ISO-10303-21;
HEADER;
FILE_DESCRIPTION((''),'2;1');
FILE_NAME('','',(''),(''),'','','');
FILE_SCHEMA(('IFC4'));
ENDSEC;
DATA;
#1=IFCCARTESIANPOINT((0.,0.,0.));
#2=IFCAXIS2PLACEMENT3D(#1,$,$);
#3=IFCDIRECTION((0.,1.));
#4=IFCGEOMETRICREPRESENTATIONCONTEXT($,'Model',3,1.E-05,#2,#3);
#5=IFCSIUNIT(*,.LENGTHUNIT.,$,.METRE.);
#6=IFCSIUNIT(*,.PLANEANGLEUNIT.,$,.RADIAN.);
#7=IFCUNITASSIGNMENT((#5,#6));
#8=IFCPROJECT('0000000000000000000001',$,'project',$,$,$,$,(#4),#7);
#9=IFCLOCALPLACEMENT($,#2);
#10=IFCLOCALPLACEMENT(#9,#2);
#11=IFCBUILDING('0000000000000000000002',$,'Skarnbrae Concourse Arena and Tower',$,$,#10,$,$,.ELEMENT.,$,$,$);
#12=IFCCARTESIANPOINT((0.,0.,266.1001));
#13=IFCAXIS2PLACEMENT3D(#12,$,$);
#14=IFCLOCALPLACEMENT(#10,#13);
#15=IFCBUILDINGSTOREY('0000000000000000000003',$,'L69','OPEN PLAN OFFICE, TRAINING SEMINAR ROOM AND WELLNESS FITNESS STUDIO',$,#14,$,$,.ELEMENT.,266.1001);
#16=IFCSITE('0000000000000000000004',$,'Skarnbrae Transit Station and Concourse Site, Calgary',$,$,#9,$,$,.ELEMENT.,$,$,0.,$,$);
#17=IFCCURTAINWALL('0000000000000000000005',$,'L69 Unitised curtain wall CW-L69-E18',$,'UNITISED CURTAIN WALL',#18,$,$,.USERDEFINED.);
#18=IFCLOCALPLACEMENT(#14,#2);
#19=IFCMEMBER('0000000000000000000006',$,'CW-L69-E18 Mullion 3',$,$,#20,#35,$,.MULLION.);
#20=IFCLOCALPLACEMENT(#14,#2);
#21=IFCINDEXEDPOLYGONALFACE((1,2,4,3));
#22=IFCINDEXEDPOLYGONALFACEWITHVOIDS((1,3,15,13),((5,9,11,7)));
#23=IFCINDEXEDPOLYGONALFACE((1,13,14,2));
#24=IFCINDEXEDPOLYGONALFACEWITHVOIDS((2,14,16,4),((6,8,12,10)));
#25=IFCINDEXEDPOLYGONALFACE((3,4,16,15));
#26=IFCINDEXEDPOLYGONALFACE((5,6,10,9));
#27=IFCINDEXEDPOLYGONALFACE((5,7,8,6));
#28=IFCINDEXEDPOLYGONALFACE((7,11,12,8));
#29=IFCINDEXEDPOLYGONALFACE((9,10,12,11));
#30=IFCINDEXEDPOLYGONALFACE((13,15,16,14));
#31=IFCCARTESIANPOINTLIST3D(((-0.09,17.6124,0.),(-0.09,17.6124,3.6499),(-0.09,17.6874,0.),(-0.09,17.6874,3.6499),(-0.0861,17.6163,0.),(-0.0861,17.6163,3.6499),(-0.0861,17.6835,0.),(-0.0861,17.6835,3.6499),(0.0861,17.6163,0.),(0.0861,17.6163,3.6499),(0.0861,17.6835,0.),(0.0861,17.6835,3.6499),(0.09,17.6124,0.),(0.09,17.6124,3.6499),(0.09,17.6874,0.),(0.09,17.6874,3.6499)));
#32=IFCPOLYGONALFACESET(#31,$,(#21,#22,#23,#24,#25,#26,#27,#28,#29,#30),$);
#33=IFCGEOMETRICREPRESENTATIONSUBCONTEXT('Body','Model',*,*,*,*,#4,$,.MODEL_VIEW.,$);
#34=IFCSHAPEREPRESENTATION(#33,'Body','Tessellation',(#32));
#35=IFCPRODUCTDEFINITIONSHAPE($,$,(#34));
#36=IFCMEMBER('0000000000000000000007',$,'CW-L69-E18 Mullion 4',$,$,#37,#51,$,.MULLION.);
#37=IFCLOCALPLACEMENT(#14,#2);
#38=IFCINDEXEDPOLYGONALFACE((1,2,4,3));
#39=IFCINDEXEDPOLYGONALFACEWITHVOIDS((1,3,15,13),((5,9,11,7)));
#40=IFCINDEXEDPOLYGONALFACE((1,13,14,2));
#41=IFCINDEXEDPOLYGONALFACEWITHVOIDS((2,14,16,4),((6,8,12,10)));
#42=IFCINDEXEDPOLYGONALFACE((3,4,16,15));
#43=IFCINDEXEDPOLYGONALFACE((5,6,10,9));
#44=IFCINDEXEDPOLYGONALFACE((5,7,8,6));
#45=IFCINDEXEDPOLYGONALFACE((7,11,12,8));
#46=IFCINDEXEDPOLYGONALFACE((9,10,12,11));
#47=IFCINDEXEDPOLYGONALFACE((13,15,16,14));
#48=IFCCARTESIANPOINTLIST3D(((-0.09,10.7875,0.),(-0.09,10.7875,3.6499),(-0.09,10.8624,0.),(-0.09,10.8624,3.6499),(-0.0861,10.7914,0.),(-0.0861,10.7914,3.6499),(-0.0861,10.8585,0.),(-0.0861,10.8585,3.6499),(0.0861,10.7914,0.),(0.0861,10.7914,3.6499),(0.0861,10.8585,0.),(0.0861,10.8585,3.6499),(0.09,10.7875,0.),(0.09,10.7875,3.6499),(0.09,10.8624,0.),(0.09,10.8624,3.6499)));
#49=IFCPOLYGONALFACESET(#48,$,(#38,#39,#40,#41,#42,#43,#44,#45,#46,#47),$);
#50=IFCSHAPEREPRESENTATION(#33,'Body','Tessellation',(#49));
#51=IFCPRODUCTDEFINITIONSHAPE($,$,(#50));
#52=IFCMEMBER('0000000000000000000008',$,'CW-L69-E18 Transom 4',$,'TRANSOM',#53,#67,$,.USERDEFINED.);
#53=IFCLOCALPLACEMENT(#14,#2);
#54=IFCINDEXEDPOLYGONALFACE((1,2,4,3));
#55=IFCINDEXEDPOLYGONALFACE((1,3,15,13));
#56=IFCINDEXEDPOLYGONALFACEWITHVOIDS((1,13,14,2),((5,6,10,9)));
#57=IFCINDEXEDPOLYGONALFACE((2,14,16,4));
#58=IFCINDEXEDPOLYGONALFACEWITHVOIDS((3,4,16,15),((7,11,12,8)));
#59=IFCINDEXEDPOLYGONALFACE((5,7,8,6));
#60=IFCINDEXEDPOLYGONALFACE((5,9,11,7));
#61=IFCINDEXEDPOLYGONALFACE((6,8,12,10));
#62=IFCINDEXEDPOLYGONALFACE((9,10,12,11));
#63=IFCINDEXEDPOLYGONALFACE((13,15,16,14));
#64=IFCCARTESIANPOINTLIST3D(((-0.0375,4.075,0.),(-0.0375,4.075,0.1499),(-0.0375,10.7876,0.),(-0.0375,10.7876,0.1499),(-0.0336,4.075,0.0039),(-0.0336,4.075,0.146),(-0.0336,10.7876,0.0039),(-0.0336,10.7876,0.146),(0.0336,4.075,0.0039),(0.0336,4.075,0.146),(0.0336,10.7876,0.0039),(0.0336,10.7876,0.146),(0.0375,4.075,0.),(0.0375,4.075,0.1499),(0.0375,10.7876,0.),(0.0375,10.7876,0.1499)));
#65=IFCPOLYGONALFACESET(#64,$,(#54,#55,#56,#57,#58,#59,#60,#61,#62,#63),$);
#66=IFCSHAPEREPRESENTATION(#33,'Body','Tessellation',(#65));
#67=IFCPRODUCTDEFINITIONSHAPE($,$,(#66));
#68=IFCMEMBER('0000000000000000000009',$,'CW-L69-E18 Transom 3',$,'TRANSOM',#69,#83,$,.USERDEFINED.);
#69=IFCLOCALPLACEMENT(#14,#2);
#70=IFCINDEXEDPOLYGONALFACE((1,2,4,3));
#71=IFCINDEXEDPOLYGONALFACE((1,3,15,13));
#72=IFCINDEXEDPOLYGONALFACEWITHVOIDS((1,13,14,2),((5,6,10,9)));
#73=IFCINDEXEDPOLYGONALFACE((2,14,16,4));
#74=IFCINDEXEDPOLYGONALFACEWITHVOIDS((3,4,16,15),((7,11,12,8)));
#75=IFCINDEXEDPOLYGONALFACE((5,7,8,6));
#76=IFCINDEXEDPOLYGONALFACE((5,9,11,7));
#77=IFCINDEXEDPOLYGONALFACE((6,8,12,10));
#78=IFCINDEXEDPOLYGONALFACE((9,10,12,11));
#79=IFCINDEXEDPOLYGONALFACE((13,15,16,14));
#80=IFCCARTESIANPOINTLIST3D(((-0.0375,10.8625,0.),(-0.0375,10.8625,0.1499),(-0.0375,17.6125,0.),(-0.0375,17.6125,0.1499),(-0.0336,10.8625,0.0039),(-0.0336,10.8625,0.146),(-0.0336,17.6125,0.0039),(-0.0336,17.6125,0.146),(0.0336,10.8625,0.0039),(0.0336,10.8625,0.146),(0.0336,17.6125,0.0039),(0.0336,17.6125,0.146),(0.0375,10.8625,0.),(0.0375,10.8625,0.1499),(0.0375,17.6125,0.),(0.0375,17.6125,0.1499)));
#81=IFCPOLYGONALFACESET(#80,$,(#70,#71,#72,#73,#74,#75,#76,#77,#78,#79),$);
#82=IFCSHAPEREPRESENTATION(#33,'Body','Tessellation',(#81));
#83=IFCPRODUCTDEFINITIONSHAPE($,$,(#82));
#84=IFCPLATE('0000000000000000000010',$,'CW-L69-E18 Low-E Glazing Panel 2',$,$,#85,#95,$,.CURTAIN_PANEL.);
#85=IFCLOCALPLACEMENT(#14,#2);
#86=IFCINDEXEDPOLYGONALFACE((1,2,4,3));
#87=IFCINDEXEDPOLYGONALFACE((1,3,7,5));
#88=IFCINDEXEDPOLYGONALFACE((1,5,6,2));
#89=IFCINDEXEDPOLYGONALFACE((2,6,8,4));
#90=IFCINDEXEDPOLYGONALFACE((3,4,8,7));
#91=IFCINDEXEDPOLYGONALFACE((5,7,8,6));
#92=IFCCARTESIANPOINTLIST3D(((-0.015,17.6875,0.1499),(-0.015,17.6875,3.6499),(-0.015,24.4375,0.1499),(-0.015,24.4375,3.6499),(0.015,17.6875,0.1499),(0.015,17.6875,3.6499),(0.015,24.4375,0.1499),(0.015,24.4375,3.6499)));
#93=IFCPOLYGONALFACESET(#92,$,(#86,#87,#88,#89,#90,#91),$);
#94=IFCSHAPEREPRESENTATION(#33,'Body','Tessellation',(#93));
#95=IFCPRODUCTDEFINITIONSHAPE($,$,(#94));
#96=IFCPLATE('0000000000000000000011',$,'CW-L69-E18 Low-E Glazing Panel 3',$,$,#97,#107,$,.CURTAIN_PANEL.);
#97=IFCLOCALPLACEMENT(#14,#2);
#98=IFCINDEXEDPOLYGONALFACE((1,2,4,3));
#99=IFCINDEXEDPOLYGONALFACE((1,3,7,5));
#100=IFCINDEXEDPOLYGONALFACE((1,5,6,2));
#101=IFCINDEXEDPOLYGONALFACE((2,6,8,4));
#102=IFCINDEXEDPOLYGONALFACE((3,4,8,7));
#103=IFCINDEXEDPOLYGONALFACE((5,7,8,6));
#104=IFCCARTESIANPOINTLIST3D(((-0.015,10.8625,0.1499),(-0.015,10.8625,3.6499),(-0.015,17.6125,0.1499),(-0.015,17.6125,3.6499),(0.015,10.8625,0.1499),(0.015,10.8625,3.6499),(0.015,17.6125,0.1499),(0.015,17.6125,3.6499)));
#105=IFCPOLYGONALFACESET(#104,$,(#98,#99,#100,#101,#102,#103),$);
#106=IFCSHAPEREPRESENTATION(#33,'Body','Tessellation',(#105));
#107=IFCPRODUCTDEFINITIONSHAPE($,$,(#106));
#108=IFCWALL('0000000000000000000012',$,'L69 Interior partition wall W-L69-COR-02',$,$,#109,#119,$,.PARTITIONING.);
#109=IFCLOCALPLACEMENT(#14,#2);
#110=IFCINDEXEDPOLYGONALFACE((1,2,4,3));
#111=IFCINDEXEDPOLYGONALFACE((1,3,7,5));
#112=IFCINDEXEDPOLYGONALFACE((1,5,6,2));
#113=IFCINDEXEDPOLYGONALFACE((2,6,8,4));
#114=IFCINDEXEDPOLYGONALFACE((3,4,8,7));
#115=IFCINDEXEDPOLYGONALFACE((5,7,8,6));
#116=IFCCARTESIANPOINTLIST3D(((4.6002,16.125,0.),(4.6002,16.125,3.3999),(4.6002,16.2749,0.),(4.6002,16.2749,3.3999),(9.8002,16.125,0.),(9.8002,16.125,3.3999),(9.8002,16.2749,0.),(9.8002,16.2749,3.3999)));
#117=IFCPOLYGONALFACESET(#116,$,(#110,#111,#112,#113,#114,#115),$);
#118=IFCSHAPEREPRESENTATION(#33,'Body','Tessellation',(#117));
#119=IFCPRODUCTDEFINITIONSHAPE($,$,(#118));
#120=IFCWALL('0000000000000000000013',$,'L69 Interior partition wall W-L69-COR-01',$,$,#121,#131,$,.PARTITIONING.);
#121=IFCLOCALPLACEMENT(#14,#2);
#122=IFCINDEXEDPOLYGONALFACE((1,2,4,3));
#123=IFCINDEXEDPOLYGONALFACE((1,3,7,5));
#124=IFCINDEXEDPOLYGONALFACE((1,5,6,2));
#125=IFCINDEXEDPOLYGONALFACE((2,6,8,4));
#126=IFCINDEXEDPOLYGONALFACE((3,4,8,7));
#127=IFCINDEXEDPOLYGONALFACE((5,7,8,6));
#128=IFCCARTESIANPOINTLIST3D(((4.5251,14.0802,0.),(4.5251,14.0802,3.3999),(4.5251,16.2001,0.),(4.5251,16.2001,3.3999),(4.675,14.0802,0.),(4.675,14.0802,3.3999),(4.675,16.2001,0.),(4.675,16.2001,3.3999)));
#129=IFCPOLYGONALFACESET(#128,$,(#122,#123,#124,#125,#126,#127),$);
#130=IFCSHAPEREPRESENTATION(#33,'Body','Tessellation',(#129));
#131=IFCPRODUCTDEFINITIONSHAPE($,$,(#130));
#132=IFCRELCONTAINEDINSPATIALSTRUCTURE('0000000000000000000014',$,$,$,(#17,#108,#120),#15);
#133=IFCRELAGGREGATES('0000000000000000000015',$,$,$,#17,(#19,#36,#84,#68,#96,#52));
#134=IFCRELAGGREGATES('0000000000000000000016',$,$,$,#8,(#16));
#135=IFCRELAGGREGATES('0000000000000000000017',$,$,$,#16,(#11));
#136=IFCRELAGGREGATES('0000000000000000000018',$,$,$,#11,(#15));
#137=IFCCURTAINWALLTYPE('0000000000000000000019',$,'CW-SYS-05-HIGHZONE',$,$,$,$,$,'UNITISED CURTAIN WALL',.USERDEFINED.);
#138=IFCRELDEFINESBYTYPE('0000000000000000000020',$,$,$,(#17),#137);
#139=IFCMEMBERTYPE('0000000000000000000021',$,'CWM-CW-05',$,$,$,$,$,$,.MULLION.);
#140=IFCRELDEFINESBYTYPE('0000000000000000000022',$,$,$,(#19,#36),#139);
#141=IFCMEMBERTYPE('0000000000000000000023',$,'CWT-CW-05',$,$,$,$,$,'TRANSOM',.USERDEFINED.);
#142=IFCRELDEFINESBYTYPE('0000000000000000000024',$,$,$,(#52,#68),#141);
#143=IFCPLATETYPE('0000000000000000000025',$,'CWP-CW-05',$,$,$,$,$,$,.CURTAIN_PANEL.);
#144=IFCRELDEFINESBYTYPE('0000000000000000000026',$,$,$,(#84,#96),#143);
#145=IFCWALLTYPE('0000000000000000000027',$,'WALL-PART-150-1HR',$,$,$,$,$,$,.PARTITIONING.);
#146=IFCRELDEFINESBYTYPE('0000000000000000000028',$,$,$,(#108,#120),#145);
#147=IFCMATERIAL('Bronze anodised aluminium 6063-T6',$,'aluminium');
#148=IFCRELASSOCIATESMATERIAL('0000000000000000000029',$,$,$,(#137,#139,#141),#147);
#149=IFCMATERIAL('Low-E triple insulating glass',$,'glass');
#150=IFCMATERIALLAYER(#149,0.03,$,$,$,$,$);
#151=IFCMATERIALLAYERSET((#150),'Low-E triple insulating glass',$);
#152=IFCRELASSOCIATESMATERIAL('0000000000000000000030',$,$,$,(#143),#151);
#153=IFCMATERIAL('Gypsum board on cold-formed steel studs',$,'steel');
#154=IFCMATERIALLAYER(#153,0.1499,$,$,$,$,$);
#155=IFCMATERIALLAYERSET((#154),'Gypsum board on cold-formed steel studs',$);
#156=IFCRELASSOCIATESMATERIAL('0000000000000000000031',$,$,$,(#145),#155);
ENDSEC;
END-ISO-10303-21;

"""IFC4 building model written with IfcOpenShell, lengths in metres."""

from ifc_helpers import new_model, si_unit, direction, frame, frame_2d, origin, origin_2d, place, context, subcontext, project, spatial, rectangle, hollow_rectangle, extrude, source, transform, mapped, material, layer, layer_set, material_profile, profile_set, type_object, element, aggregate, save


model = new_model("IFC4")

# Units and contexts
model_context = context("Model", 3, precision=1e-05, world=origin(), true_north=direction((0.0, 1.0)))
body_context = subcontext(model_context, "Body", "Model", "MODEL_VIEW")
ifc_project = project(units=[si_unit("LENGTHUNIT", "METRE"), si_unit("PLANEANGLEUNIT", "RADIAN")], contexts=[model_context])

# Site, building, storey
site_placement = place(None, origin())
site = spatial("IfcSite", under=ifc_project, at=site_placement, Name="Skarnbrae Transit Station and Concourse Site, Calgary", CompositionType="ELEMENT", RefElevation=0.0)
building_placement = place(site_placement, origin())
building = spatial("IfcBuilding", under=site, at=building_placement, Name="Skarnbrae Concourse Arena and Tower", CompositionType="ELEMENT")
storey_placement = place(building_placement, frame((0.0, 0.0, 266.1001)))
storey = spatial("IfcBuildingStorey", under=building, at=storey_placement, Name="L69", Description="OPEN PLAN OFFICE, TRAINING SEMINAR ROOM AND WELLNESS FITNESS STUDIO", CompositionType="ELEMENT", Elevation=266.1001)

# Curtain wall, members, plates
ifc_material_1 = material(Name="Bronze anodised aluminium 6063-T6", Category="aluminium")
curtain_wall_type = type_object("IfcCurtainWallType", Name="CW-SYS-05-HIGHZONE", ElementType="UNITISED CURTAIN WALL", PredefinedType="USERDEFINED", material=ifc_material_1)
curtain_wall_placement = place(storey_placement, origin())
curtain_wall = element("IfcCurtainWall", 1, at=curtain_wall_placement, inside=storey, type_object=curtain_wall_type, Name="L69 Unitised curtain wall CW-L69-E18", ObjectType="UNITISED CURTAIN WALL", PredefinedType="USERDEFINED")
ifc_material_profile_1 = material_profile(ifc_material_1, hollow_rectangle(XDim=0.075, YDim=0.1799, WallThickness=0.0039, at=origin_2d()), Name="ALU-MULL-75X180")
ifc_profile_set_1 = profile_set([ifc_material_profile_1], Name="Bronze anodised aluminium 6063-T6")
member_type_1 = type_object("IfcMemberType", Name="CWM-CW-05", PredefinedType="MULLION", material=ifc_profile_set_1)
shared_shape_1 = source(origin(), body_context, "Body", "SweptSolid", [
    extrude(hollow_rectangle(XDim=0.075, YDim=0.1799, WallThickness=0.0039, at=origin_2d()), origin(), (0.0, 0.0, 1.0), 3.6499),
])
member_1_placement = place(storey_placement, frame((0.0, 17.6499, 0.0), z_axis=(0.0, 0.0, 1.0), x_axis=(0.0, -1.0, 0.0)))
member_1 = element("IfcMember", 2, at=member_1_placement, type_object=member_type_1, Name="CW-L69-E18 Mullion 3", PredefinedType="MULLION", context=body_context, shape_type="MappedRepresentation", body=[
    mapped(shared_shape_1, transform((0.0, 0.0, 0.0))),
])
member_2_placement = place(storey_placement, frame((0.0, 10.825, 0.0), z_axis=(0.0, 0.0, 1.0), x_axis=(0.0, -1.0, 0.0)))
member_2 = element("IfcMember", 3, at=member_2_placement, type_object=member_type_1, Name="CW-L69-E18 Mullion 4", PredefinedType="MULLION", context=body_context, shape_type="MappedRepresentation", body=[
    mapped(shared_shape_1, transform((0.0, 0.0, 0.0))),
])
ifc_material_profile_2 = material_profile(ifc_material_1, hollow_rectangle(XDim=0.075, YDim=0.1499, WallThickness=0.0039, at=origin_2d()), Name="ALU-TRAN-75X150")
ifc_profile_set_2 = profile_set([ifc_material_profile_2], Name="Bronze anodised aluminium 6063-T6")
member_type_2 = type_object("IfcMemberType", Name="CWT-CW-05", ElementType="TRANSOM", PredefinedType="USERDEFINED", material=ifc_profile_set_2)
shared_shape_2 = source(origin(), body_context, "Body", "SweptSolid", [
    extrude(hollow_rectangle(XDim=0.075, YDim=0.1499, WallThickness=0.0039, at=origin_2d()), origin(), (0.0, 0.0, 1.0), 6.7126),
])
member_3_placement = place(storey_placement, frame((0.0, 10.7876, 0.075), z_axis=(0.0, -1.0, 0.0), x_axis=(1.0, 0.0, 0.0)))
member_3 = element("IfcMember", 4, at=member_3_placement, type_object=member_type_2, Name="CW-L69-E18 Transom 4", ObjectType="TRANSOM", PredefinedType="USERDEFINED", context=body_context, shape_type="MappedRepresentation", body=[
    mapped(shared_shape_2, transform((0.0, 0.0, 0.0))),
])
shared_shape_3 = source(origin(), body_context, "Body", "SweptSolid", [
    extrude(hollow_rectangle(XDim=0.075, YDim=0.1499, WallThickness=0.0039, at=origin_2d()), origin(), (0.0, 0.0, 1.0), 6.75),
])
member_4_placement = place(storey_placement, frame((0.0, 17.6125, 0.075), z_axis=(0.0, -1.0, 0.0), x_axis=(1.0, 0.0, 0.0)))
member_4 = element("IfcMember", 5, at=member_4_placement, type_object=member_type_2, Name="CW-L69-E18 Transom 3", ObjectType="TRANSOM", PredefinedType="USERDEFINED", context=body_context, shape_type="MappedRepresentation", body=[
    mapped(shared_shape_3, transform((0.0, 0.0, 0.0))),
])
ifc_material_2 = material(Name="Low-E triple insulating glass", Category="glass")
ifc_layer_1 = layer(ifc_material_2, 0.03)
ifc_layer_set_1 = layer_set([ifc_layer_1], Name="Low-E triple insulating glass")
plate_type = type_object("IfcPlateType", Name="CWP-CW-05", PredefinedType="CURTAIN_PANEL", material=ifc_layer_set_1)
shared_shape_4 = source(origin(), body_context, "Body", "SweptSolid", [
    extrude(rectangle(XDim=6.75, YDim=0.03, at=origin_2d()), origin(), (0.0, 0.0, 1.0), 3.5),
])
plate_1_placement = place(storey_placement, frame((0.0, 21.0625, 0.1499), z_axis=(0.0, 0.0, 1.0), x_axis=(0.0, -1.0, 0.0)))
plate_1 = element("IfcPlate", 6, at=plate_1_placement, type_object=plate_type, Name="CW-L69-E18 Low-E Glazing Panel 2", PredefinedType="CURTAIN_PANEL", context=body_context, shape_type="MappedRepresentation", body=[
    mapped(shared_shape_4, transform((0.0, 0.0, 0.0))),
])
plate_2_placement = place(storey_placement, frame((0.0, 14.2375, 0.1499), z_axis=(0.0, 0.0, 1.0), x_axis=(0.0, -1.0, 0.0)))
plate_2 = element("IfcPlate", 7, at=plate_2_placement, type_object=plate_type, Name="CW-L69-E18 Low-E Glazing Panel 3", PredefinedType="CURTAIN_PANEL", context=body_context, shape_type="MappedRepresentation", body=[
    mapped(shared_shape_4, transform((0.0, 0.0, 0.0))),
])
aggregate(curtain_wall, [member_1, member_2, plate_1, member_4, plate_2, member_3])

# Walls
ifc_material_3 = material(Name="Gypsum board on cold-formed steel studs", Category="steel")
ifc_layer_2 = layer(ifc_material_3, 0.1499)
ifc_layer_set_2 = layer_set([ifc_layer_2], Name="Gypsum board on cold-formed steel studs")
wall_type_1 = type_object("IfcWallType", Name="WALL-PART-150-1HR", PredefinedType="PARTITIONING", material=ifc_layer_set_2)
shared_shape_5 = source(origin(), body_context, "Body", "SweptSolid", [
    extrude(rectangle(XDim=5.2, YDim=0.1499, at=frame_2d((2.6001, 0.0))), origin(), (0.0, 0.0, 1.0), 3.3999),
])
wall_1_placement = place(storey_placement, frame((4.6001, 16.2, 0.0), z_axis=(0.0, 0.0, 1.0), x_axis=(1.0, 0.0, 0.0)))
element("IfcWall", 8, at=wall_1_placement, inside=storey, type_object=wall_type_1, Name="L69 Interior partition wall W-L69-COR-02", PredefinedType="PARTITIONING", context=body_context, shape_type="MappedRepresentation", body=[
    mapped(shared_shape_5, transform((0.0, 0.0, 0.0))),
])
shared_shape_6 = source(origin(), body_context, "Body", "SweptSolid", [
    extrude(rectangle(XDim=2.1199, YDim=0.1499, at=frame_2d((1.0601, 0.0))), origin(), (0.0, 0.0, 1.0), 3.3999),
])
wall_2_placement = place(storey_placement, frame((4.6001, 14.0801, 0.0), z_axis=(0.0, 0.0, 1.0), x_axis=(0.0, 1.0, 0.0)))
element("IfcWall", 9, at=wall_2_placement, inside=storey, type_object=wall_type_1, Name="L69 Interior partition wall W-L69-COR-01", PredefinedType="PARTITIONING", context=body_context, shape_type="MappedRepresentation", body=[
    mapped(shared_shape_6, transform((0.0, 0.0, 0.0))),
])

save(model, "model.ifc")
